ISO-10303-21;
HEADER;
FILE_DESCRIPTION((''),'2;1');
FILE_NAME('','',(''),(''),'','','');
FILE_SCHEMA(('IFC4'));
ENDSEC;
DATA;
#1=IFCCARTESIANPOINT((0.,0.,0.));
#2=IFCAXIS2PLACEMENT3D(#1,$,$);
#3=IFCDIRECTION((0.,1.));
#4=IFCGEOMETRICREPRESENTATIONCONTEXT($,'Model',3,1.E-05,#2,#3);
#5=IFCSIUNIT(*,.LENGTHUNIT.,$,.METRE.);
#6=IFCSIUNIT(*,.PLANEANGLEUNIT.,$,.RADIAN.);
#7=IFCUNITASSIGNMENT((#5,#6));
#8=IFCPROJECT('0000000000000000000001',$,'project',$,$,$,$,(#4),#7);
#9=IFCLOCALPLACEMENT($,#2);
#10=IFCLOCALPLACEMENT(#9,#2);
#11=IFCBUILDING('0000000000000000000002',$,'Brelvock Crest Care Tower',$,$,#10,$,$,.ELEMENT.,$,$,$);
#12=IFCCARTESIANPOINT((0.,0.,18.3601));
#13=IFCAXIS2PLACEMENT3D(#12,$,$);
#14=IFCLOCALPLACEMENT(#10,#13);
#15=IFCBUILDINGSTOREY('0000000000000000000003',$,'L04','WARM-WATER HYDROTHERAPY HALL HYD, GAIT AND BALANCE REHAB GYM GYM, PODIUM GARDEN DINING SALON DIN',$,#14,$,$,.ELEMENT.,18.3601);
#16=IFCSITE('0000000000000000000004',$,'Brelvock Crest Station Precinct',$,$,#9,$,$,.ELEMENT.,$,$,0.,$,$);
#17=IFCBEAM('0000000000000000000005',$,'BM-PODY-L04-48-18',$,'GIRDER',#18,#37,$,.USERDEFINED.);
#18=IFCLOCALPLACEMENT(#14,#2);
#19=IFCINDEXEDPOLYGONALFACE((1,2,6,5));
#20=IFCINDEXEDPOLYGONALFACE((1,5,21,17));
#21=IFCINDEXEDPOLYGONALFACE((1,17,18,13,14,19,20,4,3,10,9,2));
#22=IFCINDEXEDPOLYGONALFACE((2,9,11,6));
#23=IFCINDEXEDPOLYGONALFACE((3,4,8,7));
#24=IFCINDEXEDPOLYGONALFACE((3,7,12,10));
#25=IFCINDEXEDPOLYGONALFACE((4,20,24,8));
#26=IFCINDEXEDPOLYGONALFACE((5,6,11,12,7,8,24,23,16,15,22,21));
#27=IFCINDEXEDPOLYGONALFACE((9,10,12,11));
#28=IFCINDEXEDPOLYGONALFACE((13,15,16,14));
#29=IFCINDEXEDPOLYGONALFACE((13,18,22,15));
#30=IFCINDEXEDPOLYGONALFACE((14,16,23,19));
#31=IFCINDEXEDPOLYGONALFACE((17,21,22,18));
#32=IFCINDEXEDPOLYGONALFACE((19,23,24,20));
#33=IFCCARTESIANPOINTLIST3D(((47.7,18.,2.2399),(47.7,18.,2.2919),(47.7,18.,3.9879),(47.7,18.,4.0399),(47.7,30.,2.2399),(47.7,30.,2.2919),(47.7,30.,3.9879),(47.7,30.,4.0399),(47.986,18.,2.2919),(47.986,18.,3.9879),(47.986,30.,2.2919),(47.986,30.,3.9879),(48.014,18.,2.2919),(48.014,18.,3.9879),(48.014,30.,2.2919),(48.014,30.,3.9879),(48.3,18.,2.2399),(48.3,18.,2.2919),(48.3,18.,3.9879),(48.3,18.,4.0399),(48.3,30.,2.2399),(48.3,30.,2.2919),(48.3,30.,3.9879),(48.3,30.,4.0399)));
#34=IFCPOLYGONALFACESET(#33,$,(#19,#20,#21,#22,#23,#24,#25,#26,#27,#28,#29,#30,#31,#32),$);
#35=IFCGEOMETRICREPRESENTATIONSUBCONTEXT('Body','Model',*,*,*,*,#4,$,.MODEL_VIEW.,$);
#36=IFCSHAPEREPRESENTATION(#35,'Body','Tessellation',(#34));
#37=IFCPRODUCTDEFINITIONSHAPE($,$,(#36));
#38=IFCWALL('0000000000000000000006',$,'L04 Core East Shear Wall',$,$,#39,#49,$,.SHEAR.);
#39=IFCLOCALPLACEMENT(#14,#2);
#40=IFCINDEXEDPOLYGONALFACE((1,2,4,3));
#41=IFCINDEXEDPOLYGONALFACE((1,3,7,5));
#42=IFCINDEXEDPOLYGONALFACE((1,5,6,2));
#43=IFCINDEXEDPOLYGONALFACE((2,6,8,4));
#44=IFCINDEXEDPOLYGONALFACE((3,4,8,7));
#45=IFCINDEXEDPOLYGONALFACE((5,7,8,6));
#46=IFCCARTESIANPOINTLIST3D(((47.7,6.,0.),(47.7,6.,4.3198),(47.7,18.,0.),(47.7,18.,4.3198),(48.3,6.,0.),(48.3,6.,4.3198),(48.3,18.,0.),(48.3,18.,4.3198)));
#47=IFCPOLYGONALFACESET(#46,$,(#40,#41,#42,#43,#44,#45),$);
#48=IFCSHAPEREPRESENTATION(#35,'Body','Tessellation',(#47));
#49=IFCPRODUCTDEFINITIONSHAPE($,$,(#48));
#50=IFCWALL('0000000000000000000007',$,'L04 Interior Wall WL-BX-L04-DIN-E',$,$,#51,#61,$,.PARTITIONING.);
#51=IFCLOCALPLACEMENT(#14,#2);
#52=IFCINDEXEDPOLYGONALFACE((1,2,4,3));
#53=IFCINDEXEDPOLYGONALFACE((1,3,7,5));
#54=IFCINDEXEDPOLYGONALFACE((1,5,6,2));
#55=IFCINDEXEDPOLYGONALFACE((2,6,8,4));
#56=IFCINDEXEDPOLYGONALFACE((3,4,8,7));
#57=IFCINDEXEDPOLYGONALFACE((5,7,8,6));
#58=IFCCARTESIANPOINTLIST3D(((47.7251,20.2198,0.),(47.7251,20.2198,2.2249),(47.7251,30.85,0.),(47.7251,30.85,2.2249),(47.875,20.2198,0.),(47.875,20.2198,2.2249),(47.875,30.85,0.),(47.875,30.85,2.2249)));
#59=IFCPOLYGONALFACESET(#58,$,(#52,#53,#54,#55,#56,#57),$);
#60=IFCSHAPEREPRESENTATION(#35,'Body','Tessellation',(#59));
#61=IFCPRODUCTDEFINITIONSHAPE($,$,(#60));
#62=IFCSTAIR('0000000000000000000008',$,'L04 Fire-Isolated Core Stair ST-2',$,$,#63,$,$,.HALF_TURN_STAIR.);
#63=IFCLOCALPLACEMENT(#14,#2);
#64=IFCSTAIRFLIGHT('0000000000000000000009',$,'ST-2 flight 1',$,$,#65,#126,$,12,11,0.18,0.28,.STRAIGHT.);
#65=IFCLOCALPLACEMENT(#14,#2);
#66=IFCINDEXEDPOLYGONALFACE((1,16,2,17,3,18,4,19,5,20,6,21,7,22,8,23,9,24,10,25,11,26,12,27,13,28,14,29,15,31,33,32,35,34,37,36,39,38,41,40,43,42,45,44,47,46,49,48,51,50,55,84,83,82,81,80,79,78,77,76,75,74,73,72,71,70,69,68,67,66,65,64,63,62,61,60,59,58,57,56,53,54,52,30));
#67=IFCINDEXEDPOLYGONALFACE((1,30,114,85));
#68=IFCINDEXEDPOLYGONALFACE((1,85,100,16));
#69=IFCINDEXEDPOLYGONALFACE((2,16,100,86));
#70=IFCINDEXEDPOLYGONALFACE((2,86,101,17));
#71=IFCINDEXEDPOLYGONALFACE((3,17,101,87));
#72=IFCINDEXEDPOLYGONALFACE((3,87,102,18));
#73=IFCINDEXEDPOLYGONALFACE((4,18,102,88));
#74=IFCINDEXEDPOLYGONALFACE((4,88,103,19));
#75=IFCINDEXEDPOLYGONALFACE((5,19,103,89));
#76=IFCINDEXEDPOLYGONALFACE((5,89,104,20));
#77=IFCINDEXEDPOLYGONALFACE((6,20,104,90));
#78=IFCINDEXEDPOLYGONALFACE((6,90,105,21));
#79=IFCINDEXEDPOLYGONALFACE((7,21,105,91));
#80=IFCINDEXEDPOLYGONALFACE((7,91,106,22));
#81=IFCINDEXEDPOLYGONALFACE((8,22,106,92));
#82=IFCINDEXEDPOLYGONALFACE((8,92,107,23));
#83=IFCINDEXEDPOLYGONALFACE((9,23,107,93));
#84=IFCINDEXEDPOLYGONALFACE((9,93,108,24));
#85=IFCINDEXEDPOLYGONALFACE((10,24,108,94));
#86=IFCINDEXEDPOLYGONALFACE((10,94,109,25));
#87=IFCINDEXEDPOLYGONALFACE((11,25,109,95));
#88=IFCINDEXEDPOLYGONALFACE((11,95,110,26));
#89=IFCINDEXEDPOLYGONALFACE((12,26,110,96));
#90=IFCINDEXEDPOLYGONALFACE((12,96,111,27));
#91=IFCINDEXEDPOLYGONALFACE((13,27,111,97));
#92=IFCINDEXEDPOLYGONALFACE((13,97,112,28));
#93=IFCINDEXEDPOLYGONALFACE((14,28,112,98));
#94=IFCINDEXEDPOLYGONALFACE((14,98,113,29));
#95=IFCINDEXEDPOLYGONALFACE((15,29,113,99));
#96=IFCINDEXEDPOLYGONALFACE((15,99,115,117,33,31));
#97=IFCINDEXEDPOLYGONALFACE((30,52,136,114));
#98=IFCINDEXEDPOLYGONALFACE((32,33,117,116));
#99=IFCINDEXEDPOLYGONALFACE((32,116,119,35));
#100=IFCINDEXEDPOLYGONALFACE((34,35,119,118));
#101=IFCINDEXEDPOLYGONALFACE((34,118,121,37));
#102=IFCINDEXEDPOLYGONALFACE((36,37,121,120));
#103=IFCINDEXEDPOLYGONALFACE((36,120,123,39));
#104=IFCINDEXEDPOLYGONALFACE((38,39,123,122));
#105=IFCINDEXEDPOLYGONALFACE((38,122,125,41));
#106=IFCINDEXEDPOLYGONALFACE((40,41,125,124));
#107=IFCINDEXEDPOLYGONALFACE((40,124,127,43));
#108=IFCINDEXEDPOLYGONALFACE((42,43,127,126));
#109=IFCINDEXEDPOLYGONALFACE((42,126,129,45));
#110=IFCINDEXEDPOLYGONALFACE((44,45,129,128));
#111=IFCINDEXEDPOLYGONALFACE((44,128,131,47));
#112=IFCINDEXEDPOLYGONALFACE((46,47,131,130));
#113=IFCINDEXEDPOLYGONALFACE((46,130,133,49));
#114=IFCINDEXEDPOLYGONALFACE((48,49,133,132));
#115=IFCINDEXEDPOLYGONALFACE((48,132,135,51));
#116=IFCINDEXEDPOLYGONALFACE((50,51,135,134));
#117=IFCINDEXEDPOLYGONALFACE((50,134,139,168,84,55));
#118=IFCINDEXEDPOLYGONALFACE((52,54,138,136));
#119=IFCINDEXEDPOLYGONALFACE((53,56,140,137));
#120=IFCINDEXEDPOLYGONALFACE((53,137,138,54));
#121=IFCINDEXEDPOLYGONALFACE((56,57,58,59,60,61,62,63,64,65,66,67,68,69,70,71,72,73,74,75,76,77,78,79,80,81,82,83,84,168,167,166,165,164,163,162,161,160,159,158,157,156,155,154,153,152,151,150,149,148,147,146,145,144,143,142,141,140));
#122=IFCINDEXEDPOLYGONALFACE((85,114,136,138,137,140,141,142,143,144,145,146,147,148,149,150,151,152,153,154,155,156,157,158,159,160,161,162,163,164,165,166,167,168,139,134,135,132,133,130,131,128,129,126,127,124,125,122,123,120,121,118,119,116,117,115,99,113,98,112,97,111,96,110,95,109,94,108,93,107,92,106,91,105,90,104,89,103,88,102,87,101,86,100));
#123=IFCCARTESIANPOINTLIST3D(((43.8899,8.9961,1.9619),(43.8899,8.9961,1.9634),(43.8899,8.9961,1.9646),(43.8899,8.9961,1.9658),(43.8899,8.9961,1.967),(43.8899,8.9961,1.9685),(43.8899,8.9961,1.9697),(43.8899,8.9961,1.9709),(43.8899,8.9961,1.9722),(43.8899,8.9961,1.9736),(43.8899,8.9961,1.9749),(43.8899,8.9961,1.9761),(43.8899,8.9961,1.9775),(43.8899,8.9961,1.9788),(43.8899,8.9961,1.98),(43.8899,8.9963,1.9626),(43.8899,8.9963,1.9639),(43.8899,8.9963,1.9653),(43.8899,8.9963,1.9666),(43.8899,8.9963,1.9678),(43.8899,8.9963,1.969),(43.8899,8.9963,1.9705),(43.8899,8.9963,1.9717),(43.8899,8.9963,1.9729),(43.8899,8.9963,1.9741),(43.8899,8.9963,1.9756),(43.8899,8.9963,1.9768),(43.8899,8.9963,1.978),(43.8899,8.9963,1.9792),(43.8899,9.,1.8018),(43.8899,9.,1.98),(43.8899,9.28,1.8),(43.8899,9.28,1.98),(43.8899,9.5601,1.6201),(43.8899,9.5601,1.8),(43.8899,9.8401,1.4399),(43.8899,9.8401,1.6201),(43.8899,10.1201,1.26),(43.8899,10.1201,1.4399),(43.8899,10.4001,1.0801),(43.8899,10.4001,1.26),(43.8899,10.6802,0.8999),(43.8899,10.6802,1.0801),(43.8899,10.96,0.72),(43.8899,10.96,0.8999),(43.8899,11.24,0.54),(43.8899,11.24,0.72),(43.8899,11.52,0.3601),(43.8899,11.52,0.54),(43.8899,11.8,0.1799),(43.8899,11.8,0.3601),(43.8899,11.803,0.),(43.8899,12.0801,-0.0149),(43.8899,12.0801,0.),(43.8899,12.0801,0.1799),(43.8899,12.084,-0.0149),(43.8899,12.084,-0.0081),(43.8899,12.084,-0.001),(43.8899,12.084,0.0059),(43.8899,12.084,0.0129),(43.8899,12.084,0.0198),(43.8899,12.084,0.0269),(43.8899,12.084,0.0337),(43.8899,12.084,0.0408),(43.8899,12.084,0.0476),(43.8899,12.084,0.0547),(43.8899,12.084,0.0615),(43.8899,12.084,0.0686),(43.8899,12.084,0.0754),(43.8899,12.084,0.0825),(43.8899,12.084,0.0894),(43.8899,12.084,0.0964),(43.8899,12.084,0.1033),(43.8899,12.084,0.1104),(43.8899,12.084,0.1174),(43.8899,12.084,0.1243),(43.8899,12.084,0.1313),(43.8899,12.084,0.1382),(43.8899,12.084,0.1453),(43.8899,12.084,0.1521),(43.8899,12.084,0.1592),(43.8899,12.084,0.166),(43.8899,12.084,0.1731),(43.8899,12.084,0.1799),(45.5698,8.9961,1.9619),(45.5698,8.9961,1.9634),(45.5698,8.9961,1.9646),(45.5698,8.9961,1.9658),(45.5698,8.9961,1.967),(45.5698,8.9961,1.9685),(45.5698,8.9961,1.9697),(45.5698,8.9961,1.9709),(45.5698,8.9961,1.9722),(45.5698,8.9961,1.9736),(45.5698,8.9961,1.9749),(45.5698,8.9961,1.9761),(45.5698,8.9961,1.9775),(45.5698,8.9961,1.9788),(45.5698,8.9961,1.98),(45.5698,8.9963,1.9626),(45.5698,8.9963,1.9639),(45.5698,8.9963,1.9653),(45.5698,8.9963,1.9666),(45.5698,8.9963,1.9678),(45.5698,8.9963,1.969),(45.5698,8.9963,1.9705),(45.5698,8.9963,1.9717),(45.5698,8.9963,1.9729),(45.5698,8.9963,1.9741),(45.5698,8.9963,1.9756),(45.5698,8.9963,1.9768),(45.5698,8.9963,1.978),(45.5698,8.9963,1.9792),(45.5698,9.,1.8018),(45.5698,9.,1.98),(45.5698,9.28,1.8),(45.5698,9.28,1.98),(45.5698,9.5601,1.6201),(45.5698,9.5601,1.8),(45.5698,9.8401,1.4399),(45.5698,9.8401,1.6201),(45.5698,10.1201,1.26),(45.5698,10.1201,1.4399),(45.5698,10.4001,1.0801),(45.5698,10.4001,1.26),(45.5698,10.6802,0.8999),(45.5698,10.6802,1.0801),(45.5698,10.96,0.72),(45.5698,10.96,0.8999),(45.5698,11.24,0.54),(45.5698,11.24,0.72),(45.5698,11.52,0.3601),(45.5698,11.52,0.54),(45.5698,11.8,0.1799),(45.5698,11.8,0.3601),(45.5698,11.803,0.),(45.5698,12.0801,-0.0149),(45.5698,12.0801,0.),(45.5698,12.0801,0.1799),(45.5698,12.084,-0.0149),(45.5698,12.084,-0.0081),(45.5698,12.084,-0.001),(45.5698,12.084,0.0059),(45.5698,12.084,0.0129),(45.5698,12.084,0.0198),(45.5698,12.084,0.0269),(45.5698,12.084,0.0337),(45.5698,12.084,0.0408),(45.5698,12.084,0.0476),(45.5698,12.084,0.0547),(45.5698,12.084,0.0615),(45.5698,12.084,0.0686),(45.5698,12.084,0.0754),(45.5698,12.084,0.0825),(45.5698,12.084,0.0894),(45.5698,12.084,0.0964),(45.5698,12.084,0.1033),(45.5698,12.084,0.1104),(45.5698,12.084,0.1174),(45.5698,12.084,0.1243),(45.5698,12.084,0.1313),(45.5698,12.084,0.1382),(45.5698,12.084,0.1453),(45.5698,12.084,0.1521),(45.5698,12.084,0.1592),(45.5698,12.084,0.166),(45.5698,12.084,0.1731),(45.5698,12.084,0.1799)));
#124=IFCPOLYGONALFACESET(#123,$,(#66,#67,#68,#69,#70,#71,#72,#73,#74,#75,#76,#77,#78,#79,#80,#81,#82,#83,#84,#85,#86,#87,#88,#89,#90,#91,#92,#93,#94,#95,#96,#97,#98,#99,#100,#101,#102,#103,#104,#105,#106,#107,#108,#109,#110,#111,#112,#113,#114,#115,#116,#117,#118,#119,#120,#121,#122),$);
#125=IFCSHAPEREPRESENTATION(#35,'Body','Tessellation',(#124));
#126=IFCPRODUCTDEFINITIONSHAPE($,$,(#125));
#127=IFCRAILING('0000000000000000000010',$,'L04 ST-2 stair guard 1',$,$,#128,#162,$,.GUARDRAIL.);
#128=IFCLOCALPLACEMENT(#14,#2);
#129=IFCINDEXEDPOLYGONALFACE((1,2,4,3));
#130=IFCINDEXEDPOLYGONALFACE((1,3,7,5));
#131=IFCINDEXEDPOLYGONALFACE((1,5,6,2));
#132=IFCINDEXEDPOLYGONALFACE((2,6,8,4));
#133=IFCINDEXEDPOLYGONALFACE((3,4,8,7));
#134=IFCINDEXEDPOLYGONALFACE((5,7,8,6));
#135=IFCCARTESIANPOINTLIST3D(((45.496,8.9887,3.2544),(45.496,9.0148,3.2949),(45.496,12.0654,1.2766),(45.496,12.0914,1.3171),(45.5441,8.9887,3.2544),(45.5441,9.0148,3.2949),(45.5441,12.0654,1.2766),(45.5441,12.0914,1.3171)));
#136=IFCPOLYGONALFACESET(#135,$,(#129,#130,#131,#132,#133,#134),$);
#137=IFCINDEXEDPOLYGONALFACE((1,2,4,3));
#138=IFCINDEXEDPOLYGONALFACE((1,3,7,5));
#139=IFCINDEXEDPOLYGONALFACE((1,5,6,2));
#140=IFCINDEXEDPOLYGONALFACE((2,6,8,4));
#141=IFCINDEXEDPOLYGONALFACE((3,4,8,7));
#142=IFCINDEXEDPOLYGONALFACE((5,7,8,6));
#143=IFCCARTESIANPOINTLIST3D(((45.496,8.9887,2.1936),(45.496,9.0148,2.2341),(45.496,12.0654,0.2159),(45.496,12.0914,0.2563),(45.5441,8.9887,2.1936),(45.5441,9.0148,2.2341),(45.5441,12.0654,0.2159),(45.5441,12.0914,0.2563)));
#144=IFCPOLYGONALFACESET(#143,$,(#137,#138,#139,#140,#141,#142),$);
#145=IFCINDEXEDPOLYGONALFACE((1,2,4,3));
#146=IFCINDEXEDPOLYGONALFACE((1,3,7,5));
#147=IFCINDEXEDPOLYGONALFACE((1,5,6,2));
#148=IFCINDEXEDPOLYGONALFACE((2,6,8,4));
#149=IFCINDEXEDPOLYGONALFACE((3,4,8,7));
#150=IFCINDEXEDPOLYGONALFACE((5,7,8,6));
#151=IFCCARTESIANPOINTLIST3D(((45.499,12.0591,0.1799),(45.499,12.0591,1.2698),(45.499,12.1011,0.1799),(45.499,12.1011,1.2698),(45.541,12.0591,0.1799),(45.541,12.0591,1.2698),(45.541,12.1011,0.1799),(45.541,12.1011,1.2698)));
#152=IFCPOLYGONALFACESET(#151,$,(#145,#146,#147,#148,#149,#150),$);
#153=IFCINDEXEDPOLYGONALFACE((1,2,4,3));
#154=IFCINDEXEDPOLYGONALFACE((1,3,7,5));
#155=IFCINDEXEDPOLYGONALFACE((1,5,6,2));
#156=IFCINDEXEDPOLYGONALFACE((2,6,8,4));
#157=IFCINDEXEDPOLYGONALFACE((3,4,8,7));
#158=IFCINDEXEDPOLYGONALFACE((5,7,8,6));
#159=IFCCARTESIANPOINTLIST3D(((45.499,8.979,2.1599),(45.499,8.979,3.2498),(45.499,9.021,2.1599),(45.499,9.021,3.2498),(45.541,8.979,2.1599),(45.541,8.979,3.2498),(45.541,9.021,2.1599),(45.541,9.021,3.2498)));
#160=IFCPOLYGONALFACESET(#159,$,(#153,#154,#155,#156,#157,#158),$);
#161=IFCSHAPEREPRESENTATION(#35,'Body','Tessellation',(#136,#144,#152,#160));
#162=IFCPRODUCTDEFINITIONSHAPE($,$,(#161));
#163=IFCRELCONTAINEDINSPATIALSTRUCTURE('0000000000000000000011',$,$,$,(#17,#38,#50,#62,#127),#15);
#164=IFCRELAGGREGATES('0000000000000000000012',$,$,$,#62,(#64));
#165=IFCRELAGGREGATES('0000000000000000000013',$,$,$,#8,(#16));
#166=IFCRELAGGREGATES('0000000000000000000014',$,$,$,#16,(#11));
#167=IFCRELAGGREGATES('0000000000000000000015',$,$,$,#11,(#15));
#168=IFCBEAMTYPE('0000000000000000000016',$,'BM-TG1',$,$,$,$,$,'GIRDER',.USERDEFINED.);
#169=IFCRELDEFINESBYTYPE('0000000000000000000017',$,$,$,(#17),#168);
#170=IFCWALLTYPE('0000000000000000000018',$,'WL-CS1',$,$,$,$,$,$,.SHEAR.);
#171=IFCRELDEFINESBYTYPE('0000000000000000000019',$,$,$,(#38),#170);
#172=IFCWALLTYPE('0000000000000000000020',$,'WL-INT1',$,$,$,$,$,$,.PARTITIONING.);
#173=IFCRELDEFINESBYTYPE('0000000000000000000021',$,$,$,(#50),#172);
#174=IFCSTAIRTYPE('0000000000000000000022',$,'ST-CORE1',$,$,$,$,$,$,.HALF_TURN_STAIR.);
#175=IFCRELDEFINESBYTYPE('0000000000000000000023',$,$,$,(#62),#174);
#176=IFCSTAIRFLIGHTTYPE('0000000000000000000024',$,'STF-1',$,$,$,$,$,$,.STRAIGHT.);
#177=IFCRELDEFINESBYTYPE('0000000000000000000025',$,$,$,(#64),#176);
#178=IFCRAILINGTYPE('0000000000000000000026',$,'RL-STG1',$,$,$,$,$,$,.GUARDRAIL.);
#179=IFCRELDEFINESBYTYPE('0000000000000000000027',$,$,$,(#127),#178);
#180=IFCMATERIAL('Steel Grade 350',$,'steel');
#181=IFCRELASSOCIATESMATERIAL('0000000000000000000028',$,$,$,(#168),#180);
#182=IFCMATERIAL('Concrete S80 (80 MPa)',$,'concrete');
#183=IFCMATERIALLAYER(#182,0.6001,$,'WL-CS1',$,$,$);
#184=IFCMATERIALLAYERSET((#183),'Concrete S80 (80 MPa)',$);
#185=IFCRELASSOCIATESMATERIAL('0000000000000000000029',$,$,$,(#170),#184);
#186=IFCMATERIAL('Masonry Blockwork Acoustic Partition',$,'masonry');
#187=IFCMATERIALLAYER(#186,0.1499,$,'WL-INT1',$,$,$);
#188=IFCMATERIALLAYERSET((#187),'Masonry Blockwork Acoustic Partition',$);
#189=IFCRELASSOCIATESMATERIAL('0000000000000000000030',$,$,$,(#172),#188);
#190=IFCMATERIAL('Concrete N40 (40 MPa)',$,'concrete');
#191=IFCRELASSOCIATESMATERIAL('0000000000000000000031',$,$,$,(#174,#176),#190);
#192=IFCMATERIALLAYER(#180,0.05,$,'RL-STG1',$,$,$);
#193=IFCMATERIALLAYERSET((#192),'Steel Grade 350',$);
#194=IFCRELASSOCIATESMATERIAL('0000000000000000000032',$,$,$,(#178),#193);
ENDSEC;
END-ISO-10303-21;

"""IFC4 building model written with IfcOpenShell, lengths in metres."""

from ifc_helpers import new_model, si_unit, direction, frame, frame_2d, origin, origin_2d, place, context, subcontext, project, spatial, polyline, rectangle, i_section, outline, extrude, source, transform, mapped, material, layer, layer_set, material_profile, profile_set, type_object, element, aggregate, save


model = new_model("IFC4")

# Units and contexts
model_context = context("Model", 3, precision=1e-05, world=origin(), true_north=direction((0.0, 1.0)))
body_context = subcontext(model_context, "Body", "Model", "MODEL_VIEW")
ifc_project = project(units=[si_unit("LENGTHUNIT", "METRE"), si_unit("PLANEANGLEUNIT", "RADIAN")], contexts=[model_context])

# Site, building, storey
site_placement = place(None, origin())
site = spatial("IfcSite", under=ifc_project, at=site_placement, Name="Brelvock Crest Station Precinct", CompositionType="ELEMENT", RefElevation=0.0)
building_placement = place(site_placement, origin())
building = spatial("IfcBuilding", under=site, at=building_placement, Name="Brelvock Crest Care Tower", CompositionType="ELEMENT")
storey_placement = place(building_placement, frame((0.0, 0.0, 18.3601)))
storey = spatial("IfcBuildingStorey", under=building, at=storey_placement, Name="L04", Description="WARM-WATER HYDROTHERAPY HALL HYD, GAIT AND BALANCE REHAB GYM GYM, PODIUM GARDEN DINING SALON DIN", CompositionType="ELEMENT", Elevation=18.3601)

# Shared definitions
ifc_material_1 = material(Name="Concrete S80 (80 MPa)", Category="concrete")

# Beam
ifc_material_2 = material(Name="Steel Grade 350", Category="steel")
ifc_material_profile_1 = material_profile(ifc_material_2, i_section(OverallWidth=0.6001, OverallDepth=1.8, WebThickness=0.0281, FlangeThickness=0.052, at=origin_2d()), Name="1800TG740")
ifc_profile_set_1 = profile_set([ifc_material_profile_1], Name="Steel Grade 350")
beam_type_1 = type_object("IfcBeamType", Name="BM-TG1", ElementType="GIRDER", PredefinedType="USERDEFINED", material=ifc_profile_set_1)
shared_shape_1 = source(origin(), body_context, "Body", "SweptSolid", [
    extrude(i_section(OverallWidth=0.6001, OverallDepth=1.8, WebThickness=0.0281, FlangeThickness=0.052, at=origin_2d()), origin(), (0.0, 0.0, 1.0), 12.0),
])
for number, where, z_axis, x_axis, name in (
    (1, (48.0, 18.0, 3.1399), (0.0, 1.0, 0.0), (-1.0, 0.0, 0.0), "BM-PODY-L04-48-18"),
):
    element("IfcBeam", number, at=place(storey_placement, frame(where, z_axis=z_axis, x_axis=x_axis)), inside=storey, type_object=beam_type_1, Name=name, ObjectType="GIRDER", PredefinedType="USERDEFINED", context=body_context, shape_type="MappedRepresentation", body=[
        mapped(shared_shape_1, transform((0.0, 0.0, 0.0), x_axis=(1.0, 0.0, 0.0), y_axis=(0.0, 1.0, 0.0), z_axis=(0.0, 0.0, 1.0), scale=1.0)),
    ])

# Walls
ifc_layer_1 = layer(ifc_material_1, 0.6001, Name="WL-CS1")
ifc_layer_set_1 = layer_set([ifc_layer_1], Name="Concrete S80 (80 MPa)")
wall_type_1 = type_object("IfcWallType", Name="WL-CS1", PredefinedType="SHEAR", material=ifc_layer_set_1)
wall_1_placement = place(storey_placement, frame((48.0, 18.0, 0.0), z_axis=(0.0, 0.0, 1.0), x_axis=(0.0, -1.0, 0.0)))
element("IfcWall", 2, at=wall_1_placement, inside=storey, type_object=wall_type_1, Name="L04 Core East Shear Wall", PredefinedType="SHEAR", context=body_context, shape_type="SweptSolid", body=[
    extrude(rectangle(XDim=12.0, YDim=0.6001, at=frame_2d((6.0, 0.0))), origin(), (0.0, 0.0, 1.0), 4.3198),
])
ifc_material_3 = material(Name="Masonry Blockwork Acoustic Partition", Category="masonry")
ifc_layer_2 = layer(ifc_material_3, 0.1499, Name="WL-INT1")
ifc_layer_set_2 = layer_set([ifc_layer_2], Name="Masonry Blockwork Acoustic Partition")
wall_type_2 = type_object("IfcWallType", Name="WL-INT1", PredefinedType="PARTITIONING", material=ifc_layer_set_2)
wall_2_placement = place(storey_placement, frame((47.8, 20.22, 0.0), z_axis=(0.0, 0.0, 1.0), x_axis=(0.0, 1.0, 0.0)))
element("IfcWall", 3, at=wall_2_placement, inside=storey, type_object=wall_type_2, Name="L04 Interior Wall WL-BX-L04-DIN-E", PredefinedType="PARTITIONING", context=body_context, shape_type="SweptSolid", body=[
    extrude(rectangle(XDim=10.6301, YDim=0.1499, at=frame_2d((5.3149, 0.0))), origin(), (0.0, 0.0, 1.0), 2.2249),
])

# Stair, stair flight
ifc_material_4 = material(Name="Concrete N40 (40 MPa)", Category="concrete")
stair_type = type_object("IfcStairType", Name="ST-CORE1", PredefinedType="HALF_TURN_STAIR", material=ifc_material_4)
stair_placement = place(storey_placement, origin())
stair = element("IfcStair", 4, at=stair_placement, inside=storey, type_object=stair_type, Name="L04 Fire-Isolated Core Stair ST-2", PredefinedType="HALF_TURN_STAIR")
stair_flight_type = type_object("IfcStairFlightType", Name="STF-1", PredefinedType="STRAIGHT", material=ifc_material_4)
stair_flight_placement = place(storey_placement, frame((44.73, 12.0801, 0.0), z_axis=(0.0, 0.0, 1.0), x_axis=(0.0, -1.0, 0.0)))
stair_flight = element("IfcStairFlight", 5, at=stair_flight_placement, type_object=stair_flight_type, Name="ST-2 flight 1", NumberOfRisers=12, NumberOfTreads=11, PredefinedType="STRAIGHT", RiserHeight=0.18, TreadLength=0.28, context=body_context, shape_type="SweptSolid", body=[
    extrude(outline(polyline([(-0.0039, -0.0149), (-0.0039, -0.0081), (-0.0039, -0.001), (-0.0039, 0.0059), (-0.0039, 0.0129), (-0.0039, 0.0198), (-0.0039, 0.0269), (-0.0039, 0.0337), (-0.0039, 0.0408), (-0.0039, 0.0476), (-0.0039, 0.0547), (-0.0039, 0.0615), (-0.0039, 0.0686), (-0.0039, 0.0754), (-0.0039, 0.0825), (-0.0039, 0.0894), (-0.0039, 0.0964), (-0.0039, 0.1033), (-0.0039, 0.1104), (-0.0039, 0.1174), (-0.0039, 0.1243), (-0.0039, 0.1313), (-0.0039, 0.1382), (-0.0039, 0.1453), (-0.0039, 0.1521), (-0.0039, 0.1592), (-0.0039, 0.166), (-0.0039, 0.1731), (-0.0039, 0.1799), (0.0, 0.1799), (0.28, 0.1799), (0.28, 0.3601), (0.5601, 0.3601), (0.5601, 0.54), (0.8401, 0.54), (0.8401, 0.72), (1.1201, 0.72), (1.1201, 0.8999), (1.3999, 0.8999), (1.3999, 1.0801), (1.6799, 1.0801), (1.6799, 1.26), (1.96, 1.26), (1.96, 1.4399), (2.24, 1.4399), (2.24, 1.6201), (2.52, 1.6201), (2.52, 1.8), (2.8, 1.8), (2.8, 1.98), (3.0801, 1.98), (3.084, 1.98), (3.0837, 1.9792), (3.084, 1.9788), (3.0837, 1.978), (3.084, 1.9775), (3.0837, 1.9768), (3.084, 1.9761), (3.0837, 1.9756), (3.084, 1.9749), (3.0837, 1.9741), (3.084, 1.9736), (3.0837, 1.9729), (3.084, 1.9722), (3.0837, 1.9717), (3.084, 1.9709), (3.0837, 1.9705), (3.084, 1.9697), (3.0837, 1.969), (3.084, 1.9685), (3.0837, 1.9678), (3.084, 1.967), (3.0837, 1.9666), (3.084, 1.9658), (3.0837, 1.9653), (3.084, 1.9646), (3.0837, 1.9639), (3.084, 1.9634), (3.0837, 1.9626), (3.084, 1.9619), (3.0801, 1.8018), (0.2771, 0.0), (0.0, 0.0), (0.0, -0.0149), (-0.0039, -0.0149)])), frame((0.0, 0.8398, 0.0), z_axis=(0.0, -1.0, 0.0), x_axis=(1.0, 0.0, 0.0)), (0.0, 0.0, 1.0), 1.6799),
])
aggregate(stair, [stair_flight])

# Railing
ifc_layer_3 = layer(ifc_material_2, 0.05, Name="RL-STG1")
ifc_layer_set_3 = layer_set([ifc_layer_3], Name="Steel Grade 350")
railing_type_1 = type_object("IfcRailingType", Name="RL-STG1", PredefinedType="GUARDRAIL", material=ifc_layer_set_3)
railing_1_placement = place(storey_placement, frame((45.52, 12.0801, 0.1799)))
element("IfcRailing", 6, at=railing_1_placement, inside=storey, type_object=railing_type_1, Name="L04 ST-2 stair guard 1", PredefinedType="GUARDRAIL", context=body_context, shape_type="SweptSolid", body=[
    extrude(rectangle(XDim=0.0481, YDim=0.0481, at=origin_2d()), frame((0.0, -0.0017, 1.1169), z_axis=(0.0, -0.841187, 0.540744), x_axis=(1.0, 0.0, 0.0)), (0.0, 0.0, 1.0), 3.6575),
    extrude(rectangle(XDim=0.0481, YDim=0.0481, at=origin_2d()), frame((0.0, -0.0017, 0.0562), z_axis=(0.0, -0.841187, 0.540744), x_axis=(1.0, 0.0, 0.0)), (0.0, 0.0, 1.0), 3.6575),
    extrude(rectangle(XDim=0.042, YDim=0.042, at=origin_2d()), origin(), (0.0, 0.0, 1.0), 1.0898),
    extrude(rectangle(XDim=0.042, YDim=0.042, at=origin_2d()), frame((0.0, -3.0801, 1.98)), (0.0, 0.0, 1.0), 1.0898),
])

save(model, "model.ifc")
